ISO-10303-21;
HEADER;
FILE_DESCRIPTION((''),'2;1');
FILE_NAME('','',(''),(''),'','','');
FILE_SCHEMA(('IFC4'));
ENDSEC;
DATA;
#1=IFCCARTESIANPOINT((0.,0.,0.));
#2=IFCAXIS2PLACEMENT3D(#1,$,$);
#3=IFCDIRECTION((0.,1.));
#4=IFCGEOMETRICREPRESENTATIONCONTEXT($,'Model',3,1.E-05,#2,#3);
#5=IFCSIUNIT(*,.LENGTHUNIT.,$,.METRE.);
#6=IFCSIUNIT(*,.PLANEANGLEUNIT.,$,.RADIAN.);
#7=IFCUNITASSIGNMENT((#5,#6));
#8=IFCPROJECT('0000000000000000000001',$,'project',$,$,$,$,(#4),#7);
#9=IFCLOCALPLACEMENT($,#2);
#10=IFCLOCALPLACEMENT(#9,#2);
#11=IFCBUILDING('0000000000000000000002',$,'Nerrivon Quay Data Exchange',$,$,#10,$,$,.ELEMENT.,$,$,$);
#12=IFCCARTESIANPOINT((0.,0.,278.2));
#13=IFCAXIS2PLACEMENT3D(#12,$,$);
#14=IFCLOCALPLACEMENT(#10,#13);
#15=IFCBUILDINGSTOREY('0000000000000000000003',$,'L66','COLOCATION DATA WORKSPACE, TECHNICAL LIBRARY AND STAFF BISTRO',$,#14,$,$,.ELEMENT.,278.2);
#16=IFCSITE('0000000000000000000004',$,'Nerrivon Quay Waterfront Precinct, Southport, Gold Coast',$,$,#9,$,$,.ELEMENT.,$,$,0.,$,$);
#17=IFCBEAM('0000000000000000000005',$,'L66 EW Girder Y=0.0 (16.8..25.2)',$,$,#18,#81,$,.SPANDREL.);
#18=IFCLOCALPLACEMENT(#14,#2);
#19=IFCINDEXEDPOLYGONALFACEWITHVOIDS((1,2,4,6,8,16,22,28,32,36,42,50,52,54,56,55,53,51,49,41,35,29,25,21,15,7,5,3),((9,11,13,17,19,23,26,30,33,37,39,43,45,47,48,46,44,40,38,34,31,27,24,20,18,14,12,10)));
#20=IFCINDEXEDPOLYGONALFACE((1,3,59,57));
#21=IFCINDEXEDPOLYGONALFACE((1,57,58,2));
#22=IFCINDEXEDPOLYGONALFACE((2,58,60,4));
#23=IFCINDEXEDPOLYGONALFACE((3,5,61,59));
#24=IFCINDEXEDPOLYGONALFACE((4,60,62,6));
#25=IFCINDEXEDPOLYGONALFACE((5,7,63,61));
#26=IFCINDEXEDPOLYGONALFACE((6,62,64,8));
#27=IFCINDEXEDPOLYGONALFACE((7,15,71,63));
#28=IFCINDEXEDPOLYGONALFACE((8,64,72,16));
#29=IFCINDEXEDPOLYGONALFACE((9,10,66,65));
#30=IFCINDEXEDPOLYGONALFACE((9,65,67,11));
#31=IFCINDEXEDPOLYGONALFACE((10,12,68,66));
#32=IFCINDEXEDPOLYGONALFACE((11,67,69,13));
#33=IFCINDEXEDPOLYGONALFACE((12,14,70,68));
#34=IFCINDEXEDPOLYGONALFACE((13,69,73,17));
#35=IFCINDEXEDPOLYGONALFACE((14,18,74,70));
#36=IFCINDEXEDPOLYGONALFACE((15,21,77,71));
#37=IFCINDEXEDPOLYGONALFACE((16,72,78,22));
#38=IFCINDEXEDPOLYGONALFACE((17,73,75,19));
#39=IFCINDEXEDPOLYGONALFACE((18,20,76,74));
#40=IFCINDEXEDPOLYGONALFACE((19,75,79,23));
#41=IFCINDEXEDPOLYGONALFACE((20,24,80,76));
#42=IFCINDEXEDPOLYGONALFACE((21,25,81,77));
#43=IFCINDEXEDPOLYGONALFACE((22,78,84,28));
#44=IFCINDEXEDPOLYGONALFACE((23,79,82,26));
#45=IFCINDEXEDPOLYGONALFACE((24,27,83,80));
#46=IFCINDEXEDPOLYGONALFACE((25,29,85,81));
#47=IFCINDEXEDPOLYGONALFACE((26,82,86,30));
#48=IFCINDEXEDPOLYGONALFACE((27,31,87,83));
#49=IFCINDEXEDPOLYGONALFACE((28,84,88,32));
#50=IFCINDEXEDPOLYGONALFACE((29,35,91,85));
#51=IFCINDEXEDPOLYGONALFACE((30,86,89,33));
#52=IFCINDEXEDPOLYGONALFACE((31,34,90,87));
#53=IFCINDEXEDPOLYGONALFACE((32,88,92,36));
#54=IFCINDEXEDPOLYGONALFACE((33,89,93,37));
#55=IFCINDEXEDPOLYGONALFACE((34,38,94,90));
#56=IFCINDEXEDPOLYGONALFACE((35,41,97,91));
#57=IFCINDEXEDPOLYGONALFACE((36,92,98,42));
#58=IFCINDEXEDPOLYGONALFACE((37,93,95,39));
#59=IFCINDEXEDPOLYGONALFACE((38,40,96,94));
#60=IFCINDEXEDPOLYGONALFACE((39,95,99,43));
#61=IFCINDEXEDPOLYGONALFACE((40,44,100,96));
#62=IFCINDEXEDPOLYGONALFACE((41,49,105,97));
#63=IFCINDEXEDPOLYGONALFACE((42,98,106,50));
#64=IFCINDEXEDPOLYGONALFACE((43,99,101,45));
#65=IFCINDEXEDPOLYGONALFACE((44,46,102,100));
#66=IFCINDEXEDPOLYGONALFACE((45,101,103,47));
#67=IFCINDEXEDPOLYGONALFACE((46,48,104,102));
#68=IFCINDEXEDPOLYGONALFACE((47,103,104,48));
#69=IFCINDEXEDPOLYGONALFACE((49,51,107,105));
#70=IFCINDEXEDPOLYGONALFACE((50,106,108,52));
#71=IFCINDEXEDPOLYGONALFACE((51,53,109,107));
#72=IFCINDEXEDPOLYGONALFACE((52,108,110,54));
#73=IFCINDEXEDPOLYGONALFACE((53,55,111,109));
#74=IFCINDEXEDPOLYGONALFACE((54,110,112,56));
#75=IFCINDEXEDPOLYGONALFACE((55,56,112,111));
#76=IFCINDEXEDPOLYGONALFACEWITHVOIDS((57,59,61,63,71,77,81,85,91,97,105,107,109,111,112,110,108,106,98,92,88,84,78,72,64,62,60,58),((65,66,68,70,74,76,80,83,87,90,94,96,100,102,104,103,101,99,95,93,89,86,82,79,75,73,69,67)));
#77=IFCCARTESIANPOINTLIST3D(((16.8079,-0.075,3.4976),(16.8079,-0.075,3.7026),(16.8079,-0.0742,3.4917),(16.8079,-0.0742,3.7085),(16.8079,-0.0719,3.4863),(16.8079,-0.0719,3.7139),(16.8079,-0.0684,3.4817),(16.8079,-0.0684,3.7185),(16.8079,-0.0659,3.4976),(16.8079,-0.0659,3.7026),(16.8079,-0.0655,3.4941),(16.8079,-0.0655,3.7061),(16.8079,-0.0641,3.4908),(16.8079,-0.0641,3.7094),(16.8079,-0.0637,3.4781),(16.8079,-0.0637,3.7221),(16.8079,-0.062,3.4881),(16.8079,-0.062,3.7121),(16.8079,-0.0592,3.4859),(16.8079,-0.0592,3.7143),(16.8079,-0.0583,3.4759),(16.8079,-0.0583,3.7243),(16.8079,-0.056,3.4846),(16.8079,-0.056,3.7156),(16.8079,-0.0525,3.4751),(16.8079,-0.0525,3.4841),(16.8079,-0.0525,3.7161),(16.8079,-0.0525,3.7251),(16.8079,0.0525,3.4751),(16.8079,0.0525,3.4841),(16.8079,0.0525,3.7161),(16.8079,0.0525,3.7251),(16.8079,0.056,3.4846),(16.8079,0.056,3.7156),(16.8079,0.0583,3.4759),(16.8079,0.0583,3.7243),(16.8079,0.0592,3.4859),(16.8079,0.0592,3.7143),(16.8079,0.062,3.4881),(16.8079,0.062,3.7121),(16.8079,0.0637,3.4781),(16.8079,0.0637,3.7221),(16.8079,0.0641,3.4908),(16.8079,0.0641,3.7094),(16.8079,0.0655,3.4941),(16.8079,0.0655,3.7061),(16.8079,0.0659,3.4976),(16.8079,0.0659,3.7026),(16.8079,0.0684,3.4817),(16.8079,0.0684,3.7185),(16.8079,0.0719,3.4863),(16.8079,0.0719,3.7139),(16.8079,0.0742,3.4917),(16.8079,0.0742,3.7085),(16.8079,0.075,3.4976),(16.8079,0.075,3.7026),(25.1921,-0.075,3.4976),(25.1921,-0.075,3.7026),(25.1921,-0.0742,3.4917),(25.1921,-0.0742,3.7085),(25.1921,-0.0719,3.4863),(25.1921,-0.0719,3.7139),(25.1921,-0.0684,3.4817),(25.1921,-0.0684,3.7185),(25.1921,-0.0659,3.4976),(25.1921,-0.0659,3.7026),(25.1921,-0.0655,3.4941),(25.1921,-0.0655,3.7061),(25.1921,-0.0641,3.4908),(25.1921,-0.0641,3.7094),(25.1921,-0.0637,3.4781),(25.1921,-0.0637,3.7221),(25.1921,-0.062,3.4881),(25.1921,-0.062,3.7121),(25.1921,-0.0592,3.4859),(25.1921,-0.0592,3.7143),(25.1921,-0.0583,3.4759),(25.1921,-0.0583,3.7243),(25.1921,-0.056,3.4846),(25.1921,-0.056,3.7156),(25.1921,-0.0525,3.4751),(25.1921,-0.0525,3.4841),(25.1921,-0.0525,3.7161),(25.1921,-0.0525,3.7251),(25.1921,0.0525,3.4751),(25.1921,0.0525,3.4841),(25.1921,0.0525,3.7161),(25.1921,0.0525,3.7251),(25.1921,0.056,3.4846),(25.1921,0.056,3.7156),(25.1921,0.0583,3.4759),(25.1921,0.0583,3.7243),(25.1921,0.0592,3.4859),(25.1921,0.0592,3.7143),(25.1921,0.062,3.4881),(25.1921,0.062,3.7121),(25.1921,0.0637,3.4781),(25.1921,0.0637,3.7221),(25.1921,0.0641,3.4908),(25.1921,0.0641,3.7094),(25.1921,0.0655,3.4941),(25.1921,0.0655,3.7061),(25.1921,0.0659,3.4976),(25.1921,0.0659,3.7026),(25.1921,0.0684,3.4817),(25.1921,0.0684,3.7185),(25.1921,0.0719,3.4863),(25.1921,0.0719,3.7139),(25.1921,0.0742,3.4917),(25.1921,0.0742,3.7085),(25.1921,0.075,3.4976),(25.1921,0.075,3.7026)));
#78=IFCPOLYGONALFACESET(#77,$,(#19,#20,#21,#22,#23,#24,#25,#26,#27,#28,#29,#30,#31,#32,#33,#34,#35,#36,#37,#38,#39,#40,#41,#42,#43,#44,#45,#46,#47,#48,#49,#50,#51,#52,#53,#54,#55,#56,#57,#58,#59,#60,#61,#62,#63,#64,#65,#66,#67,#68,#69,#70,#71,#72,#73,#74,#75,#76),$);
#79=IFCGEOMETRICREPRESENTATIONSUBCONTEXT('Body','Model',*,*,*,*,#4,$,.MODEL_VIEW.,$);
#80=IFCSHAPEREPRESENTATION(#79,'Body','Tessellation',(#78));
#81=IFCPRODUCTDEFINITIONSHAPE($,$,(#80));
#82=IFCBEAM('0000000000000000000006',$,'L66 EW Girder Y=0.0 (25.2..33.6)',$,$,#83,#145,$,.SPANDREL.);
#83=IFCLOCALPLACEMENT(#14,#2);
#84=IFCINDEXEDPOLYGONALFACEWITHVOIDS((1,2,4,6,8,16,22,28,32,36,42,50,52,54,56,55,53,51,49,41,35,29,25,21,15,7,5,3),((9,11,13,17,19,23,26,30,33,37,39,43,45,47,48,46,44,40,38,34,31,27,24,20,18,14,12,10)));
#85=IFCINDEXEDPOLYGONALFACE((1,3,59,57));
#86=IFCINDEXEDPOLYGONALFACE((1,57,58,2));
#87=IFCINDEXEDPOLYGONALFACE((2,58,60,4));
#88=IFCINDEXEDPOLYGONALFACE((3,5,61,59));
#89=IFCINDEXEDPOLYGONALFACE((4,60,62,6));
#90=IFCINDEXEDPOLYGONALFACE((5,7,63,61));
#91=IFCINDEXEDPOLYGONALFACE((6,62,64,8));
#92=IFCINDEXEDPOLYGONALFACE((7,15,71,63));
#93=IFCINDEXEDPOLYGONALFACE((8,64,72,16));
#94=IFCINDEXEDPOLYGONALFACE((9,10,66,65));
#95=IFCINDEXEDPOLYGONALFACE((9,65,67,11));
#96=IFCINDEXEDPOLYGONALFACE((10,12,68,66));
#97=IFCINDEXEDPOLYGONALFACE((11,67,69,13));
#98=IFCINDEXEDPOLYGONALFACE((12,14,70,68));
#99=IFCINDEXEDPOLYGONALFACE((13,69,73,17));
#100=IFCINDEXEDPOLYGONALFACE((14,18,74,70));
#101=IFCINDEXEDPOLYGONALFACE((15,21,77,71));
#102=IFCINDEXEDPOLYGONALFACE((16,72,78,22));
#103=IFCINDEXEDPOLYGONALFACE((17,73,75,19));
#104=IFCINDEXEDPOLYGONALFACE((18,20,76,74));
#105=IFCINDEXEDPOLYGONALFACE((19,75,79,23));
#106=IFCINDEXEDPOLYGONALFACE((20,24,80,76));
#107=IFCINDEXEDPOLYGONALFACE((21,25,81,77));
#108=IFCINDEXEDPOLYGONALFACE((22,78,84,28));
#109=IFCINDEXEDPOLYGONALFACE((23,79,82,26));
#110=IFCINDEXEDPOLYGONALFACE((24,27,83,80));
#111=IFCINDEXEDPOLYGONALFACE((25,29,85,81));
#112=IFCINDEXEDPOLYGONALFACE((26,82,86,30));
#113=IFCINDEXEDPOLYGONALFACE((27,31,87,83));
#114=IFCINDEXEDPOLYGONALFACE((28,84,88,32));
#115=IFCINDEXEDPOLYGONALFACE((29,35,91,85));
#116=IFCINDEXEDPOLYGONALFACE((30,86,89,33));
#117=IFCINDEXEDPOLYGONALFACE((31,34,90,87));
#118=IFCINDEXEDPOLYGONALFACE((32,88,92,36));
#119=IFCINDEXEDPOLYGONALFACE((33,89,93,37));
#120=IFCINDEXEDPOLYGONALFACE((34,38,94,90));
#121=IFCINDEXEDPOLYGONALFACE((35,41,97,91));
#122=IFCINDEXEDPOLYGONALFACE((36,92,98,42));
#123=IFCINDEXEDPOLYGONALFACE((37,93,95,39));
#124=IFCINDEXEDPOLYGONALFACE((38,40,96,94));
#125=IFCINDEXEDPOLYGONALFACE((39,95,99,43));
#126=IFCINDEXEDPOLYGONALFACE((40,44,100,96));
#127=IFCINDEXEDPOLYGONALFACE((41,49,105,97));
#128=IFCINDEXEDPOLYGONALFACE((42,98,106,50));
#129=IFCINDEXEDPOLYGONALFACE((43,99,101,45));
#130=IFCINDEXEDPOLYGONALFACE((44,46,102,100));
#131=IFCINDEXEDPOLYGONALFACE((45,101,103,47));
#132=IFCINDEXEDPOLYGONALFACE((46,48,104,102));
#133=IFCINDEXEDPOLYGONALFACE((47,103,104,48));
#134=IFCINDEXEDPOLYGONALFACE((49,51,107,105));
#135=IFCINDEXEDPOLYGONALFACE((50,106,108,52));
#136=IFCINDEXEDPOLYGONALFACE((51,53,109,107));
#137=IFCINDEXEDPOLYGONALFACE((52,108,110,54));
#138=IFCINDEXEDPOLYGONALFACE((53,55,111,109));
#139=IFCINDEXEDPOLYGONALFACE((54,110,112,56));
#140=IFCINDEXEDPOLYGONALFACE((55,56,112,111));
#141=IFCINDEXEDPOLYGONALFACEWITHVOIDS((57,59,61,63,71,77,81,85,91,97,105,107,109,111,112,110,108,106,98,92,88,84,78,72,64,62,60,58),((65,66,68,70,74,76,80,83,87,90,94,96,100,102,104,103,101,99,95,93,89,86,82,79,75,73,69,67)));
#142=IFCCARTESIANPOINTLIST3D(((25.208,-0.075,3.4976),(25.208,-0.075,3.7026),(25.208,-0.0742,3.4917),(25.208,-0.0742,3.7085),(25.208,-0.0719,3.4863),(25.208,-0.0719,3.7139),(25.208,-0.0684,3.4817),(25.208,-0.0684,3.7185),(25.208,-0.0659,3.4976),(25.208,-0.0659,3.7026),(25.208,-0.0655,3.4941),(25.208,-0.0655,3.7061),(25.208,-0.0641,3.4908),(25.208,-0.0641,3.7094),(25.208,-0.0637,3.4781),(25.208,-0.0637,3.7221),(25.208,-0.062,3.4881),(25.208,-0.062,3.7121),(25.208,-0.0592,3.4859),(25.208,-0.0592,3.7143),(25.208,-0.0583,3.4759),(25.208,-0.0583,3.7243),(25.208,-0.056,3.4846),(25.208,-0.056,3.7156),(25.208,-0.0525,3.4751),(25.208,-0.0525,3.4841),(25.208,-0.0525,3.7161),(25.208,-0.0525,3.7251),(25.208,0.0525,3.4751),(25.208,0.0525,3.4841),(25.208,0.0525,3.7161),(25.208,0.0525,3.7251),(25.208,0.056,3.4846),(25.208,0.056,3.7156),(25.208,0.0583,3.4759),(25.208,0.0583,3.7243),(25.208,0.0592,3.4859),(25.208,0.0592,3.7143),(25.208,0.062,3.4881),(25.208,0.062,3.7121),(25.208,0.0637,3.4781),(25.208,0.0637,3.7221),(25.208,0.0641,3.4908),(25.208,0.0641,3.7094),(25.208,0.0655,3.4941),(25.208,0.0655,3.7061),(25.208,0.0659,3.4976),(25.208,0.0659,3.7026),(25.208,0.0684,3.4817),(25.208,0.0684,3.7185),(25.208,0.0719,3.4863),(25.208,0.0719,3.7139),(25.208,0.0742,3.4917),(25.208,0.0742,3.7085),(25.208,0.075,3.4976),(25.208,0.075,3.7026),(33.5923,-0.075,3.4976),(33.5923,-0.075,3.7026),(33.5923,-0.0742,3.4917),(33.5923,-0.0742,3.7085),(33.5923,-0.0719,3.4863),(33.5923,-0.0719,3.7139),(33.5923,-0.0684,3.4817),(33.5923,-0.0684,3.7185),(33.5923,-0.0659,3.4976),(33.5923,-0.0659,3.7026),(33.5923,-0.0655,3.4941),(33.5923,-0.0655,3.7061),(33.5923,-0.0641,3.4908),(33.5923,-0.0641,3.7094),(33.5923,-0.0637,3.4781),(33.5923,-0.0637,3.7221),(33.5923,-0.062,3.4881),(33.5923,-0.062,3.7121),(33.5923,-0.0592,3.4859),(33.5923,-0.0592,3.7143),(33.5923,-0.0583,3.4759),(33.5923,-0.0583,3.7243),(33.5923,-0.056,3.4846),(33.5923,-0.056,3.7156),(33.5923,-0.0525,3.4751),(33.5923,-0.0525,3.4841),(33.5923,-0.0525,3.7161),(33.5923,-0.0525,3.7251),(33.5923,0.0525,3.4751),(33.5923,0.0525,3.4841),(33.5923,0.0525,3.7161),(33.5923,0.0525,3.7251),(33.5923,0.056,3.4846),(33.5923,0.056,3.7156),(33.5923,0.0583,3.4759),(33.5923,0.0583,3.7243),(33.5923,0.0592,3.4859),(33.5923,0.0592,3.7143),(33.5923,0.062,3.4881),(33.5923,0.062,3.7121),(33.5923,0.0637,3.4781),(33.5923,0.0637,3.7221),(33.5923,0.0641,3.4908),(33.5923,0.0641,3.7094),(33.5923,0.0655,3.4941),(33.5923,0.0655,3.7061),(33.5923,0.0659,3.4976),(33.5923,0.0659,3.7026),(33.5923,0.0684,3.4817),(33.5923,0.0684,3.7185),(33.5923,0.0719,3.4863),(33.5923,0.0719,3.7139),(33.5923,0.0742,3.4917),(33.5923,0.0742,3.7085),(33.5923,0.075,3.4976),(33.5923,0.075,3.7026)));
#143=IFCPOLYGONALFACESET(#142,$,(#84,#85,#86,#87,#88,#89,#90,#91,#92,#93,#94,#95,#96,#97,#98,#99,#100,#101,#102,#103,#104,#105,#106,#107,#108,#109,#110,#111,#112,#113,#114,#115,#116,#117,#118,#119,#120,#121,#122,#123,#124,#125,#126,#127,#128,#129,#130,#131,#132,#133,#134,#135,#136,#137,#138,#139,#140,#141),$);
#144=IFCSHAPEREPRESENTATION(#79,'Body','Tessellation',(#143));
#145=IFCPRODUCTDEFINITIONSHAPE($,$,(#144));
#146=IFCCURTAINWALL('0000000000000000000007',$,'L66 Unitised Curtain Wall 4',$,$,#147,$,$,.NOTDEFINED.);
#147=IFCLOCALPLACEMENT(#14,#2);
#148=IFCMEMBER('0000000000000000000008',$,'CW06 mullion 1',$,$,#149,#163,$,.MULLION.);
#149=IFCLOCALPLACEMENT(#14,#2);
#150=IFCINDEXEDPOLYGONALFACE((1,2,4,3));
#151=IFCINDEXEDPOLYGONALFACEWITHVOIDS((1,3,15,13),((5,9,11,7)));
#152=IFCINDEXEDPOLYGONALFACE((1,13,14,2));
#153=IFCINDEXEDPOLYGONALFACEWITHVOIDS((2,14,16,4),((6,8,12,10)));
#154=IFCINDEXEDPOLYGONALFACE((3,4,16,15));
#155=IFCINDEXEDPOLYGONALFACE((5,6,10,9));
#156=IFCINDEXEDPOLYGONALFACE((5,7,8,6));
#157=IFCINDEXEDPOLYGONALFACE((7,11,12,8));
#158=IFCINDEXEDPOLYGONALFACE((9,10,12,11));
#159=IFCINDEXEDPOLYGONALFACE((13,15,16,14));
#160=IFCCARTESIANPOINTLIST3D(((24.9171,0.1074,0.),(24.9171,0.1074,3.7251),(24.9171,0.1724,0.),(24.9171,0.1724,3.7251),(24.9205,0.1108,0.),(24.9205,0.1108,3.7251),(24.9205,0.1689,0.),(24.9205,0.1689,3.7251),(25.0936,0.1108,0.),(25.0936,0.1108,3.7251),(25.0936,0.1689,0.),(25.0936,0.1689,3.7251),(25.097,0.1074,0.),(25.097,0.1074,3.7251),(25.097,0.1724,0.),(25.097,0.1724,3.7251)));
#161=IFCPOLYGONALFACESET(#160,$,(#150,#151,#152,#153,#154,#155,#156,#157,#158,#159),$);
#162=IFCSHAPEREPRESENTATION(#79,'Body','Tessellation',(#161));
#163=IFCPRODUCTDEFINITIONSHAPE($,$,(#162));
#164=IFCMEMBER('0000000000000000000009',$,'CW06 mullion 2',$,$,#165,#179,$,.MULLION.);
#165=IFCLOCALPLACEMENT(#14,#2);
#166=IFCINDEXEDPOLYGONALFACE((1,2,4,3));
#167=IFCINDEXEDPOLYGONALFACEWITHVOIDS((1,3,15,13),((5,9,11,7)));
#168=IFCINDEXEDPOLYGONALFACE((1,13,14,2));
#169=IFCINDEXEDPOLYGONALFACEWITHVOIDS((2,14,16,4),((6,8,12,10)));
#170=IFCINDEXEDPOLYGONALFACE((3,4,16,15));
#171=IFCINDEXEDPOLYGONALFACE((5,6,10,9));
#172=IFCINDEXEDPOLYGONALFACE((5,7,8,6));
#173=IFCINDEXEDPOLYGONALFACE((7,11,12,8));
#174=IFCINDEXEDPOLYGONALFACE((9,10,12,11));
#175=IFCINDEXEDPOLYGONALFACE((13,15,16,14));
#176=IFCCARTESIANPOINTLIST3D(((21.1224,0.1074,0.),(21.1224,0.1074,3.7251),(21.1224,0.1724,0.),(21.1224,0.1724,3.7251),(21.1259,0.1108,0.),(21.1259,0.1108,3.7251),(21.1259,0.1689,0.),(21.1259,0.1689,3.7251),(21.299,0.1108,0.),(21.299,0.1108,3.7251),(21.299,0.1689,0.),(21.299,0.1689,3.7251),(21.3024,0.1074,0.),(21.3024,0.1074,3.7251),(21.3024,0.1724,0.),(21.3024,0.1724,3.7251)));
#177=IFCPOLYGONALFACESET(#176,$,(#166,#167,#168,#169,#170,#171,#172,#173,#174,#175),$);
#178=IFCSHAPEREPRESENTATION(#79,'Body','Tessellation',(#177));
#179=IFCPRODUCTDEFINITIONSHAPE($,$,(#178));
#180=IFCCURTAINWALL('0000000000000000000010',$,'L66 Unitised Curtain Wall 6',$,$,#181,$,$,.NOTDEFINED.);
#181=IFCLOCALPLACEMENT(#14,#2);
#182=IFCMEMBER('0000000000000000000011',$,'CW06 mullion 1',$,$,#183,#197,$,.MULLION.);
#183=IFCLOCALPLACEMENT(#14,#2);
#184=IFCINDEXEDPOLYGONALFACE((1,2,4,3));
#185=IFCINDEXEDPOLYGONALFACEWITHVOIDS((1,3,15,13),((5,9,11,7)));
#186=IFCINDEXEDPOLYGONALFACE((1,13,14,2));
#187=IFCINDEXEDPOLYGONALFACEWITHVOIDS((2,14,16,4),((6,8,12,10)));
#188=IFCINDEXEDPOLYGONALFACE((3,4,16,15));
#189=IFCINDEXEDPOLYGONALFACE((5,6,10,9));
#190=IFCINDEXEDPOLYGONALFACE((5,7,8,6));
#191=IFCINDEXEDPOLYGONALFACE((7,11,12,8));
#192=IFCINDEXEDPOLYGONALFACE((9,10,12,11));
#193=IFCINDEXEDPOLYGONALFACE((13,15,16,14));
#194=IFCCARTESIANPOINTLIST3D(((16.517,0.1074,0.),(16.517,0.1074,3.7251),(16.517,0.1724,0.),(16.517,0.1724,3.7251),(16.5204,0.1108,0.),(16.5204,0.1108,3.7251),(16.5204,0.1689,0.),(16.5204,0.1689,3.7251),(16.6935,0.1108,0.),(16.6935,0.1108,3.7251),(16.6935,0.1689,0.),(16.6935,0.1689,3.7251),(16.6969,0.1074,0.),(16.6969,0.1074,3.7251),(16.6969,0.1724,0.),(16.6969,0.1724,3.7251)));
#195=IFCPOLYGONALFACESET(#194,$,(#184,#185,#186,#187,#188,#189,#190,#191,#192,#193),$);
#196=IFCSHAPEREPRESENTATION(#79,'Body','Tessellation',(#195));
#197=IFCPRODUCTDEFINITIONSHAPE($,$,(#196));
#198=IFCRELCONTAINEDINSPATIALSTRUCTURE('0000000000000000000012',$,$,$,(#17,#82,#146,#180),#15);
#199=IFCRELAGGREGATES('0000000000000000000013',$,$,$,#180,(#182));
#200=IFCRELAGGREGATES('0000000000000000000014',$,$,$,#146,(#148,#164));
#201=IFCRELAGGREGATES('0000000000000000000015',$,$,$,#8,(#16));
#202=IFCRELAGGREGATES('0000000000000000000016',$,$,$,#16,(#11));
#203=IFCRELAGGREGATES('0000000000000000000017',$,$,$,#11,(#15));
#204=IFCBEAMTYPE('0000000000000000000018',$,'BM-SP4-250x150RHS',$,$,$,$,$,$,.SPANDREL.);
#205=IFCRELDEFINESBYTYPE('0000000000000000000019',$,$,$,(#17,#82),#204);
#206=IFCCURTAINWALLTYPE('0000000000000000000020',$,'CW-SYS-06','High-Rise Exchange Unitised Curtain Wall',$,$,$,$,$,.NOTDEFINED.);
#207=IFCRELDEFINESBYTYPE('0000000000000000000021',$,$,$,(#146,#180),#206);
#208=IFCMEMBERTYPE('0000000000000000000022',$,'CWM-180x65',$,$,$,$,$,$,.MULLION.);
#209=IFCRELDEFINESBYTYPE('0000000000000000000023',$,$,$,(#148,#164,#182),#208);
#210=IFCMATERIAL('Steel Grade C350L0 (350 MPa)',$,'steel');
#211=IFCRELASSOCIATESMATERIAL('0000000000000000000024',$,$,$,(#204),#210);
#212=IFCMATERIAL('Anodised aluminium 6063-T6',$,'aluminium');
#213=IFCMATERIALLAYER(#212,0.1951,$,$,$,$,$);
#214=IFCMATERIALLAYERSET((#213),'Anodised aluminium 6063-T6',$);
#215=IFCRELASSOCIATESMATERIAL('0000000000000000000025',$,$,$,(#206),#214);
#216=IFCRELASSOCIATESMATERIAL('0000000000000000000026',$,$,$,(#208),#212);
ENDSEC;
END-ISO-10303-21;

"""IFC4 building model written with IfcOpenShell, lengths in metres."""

from ifc_helpers import new_model, si_unit, direction, frame, origin, origin_2d, place, context, subcontext, project, spatial, hollow_rectangle, extrude, material, layer, layer_set, material_profile, profile_set, type_object, element, aggregate, save


model = new_model("IFC4")

# Units and contexts
model_context = context("Model", 3, precision=1e-05, world=origin(), true_north=direction((0.0, 1.0)))
body_context = subcontext(model_context, "Body", "Model", "MODEL_VIEW")
ifc_project = project(units=[si_unit("LENGTHUNIT", "METRE"), si_unit("PLANEANGLEUNIT", "RADIAN")], contexts=[model_context])

# Site, building, storey
site_placement = place(None, origin())
site = spatial("IfcSite", under=ifc_project, at=site_placement, Name="Nerrivon Quay Waterfront Precinct, Southport, Gold Coast", CompositionType="ELEMENT", RefElevation=0.0)
building_placement = place(site_placement, origin())
building = spatial("IfcBuilding", under=site, at=building_placement, Name="Nerrivon Quay Data Exchange", CompositionType="ELEMENT")
storey_placement = place(building_placement, frame((0.0, 0.0, 278.2)))
storey = spatial("IfcBuildingStorey", under=building, at=storey_placement, Name="L66", Description="COLOCATION DATA WORKSPACE, TECHNICAL LIBRARY AND STAFF BISTRO", CompositionType="ELEMENT", Elevation=278.2)

# Beams
ifc_material_1 = material(Name="Steel Grade C350L0 (350 MPa)", Category="steel")
ifc_material_profile_1 = material_profile(ifc_material_1, hollow_rectangle(XDim=0.1499, YDim=0.25, WallThickness=0.009, InnerFilletRadius=0.0134, OuterFilletRadius=0.0225, at=origin_2d()), Name="250x150x9.0RHS")
ifc_profile_set_1 = profile_set([ifc_material_profile_1], Name="Steel Grade C350L0 (350 MPa)")
beam_type_1 = type_object("IfcBeamType", Name="BM-SP4-250x150RHS", PredefinedType="SPANDREL", material=ifc_profile_set_1)
for number, where, z_axis, x_axis, name in (
    (1, (16.8079, 0.0, 3.6001), (1.0, 0.0, 0.0), (0.0, 1.0, 0.0), "L66 EW Girder Y=0.0 (16.8..25.2)"),
    (2, (25.208, 0.0, 3.6001), (1.0, 0.0, 0.0), (0.0, 1.0, 0.0), "L66 EW Girder Y=0.0 (25.2..33.6)"),
):
    element("IfcBeam", number, at=place(storey_placement, frame(where, z_axis=z_axis, x_axis=x_axis)), inside=storey, type_object=beam_type_1, Name=name, PredefinedType="SPANDREL", context=body_context, shape_type="SweptSolid", body=[
        extrude(hollow_rectangle(XDim=0.1499, YDim=0.25, WallThickness=0.009, InnerFilletRadius=0.0134, OuterFilletRadius=0.0225, at=origin_2d()), origin(), (0.0, 0.0, 1.0), 8.3843),
    ])

# Curtain wall, members
ifc_material_2 = material(Name="Anodised aluminium 6063-T6", Category="aluminium")
ifc_layer_1 = layer(ifc_material_2, 0.1951)
ifc_layer_set_1 = layer_set([ifc_layer_1], Name="Anodised aluminium 6063-T6")
curtain_wall_type = type_object("IfcCurtainWallType", Name="CW-SYS-06", Description="High-Rise Exchange Unitised Curtain Wall", PredefinedType="NOTDEFINED", material=ifc_layer_set_1)
curtain_wall_1_placement = place(storey_placement, origin())
curtain_wall_1 = element("IfcCurtainWall", 3, at=curtain_wall_1_placement, inside=storey, type_object=curtain_wall_type, Name="L66 Unitised Curtain Wall 4", PredefinedType="NOTDEFINED")
ifc_material_profile_2 = material_profile(ifc_material_2, hollow_rectangle(XDim=0.0649, YDim=0.1799, WallThickness=0.0034, at=origin_2d()), Name="ALU-MULL-180x65")
ifc_profile_set_2 = profile_set([ifc_material_profile_2], Name="Anodised aluminium 6063-T6")
member_type_1 = type_object("IfcMemberType", Name="CWM-180x65", PredefinedType="MULLION", material=ifc_profile_set_2)
member_1_placement = place(storey_placement, frame((25.0071, 0.1399, 0.0), z_axis=(0.0, 0.0, 1.0), x_axis=(0.0, -1.0, 0.0)))
member_1 = element("IfcMember", 4, at=member_1_placement, type_object=member_type_1, Name="CW06 mullion 1", PredefinedType="MULLION", context=body_context, shape_type="SweptSolid", body=[
    extrude(hollow_rectangle(XDim=0.0649, YDim=0.1799, WallThickness=0.0034, at=origin_2d()), origin(), (0.0, 0.0, 1.0), 3.7251),
])
member_2_placement = place(storey_placement, frame((21.2124, 0.1399, 0.0), z_axis=(0.0, 0.0, 1.0), x_axis=(0.0, -1.0, 0.0)))
member_2 = element("IfcMember", 5, at=member_2_placement, type_object=member_type_1, Name="CW06 mullion 2", PredefinedType="MULLION", context=body_context, shape_type="SweptSolid", body=[
    extrude(hollow_rectangle(XDim=0.0649, YDim=0.1799, WallThickness=0.0034, at=origin_2d()), origin(), (0.0, 0.0, 1.0), 3.7251),
])

# Curtain wall, member
curtain_wall_2_placement = place(storey_placement, origin())
curtain_wall_2 = element("IfcCurtainWall", 6, at=curtain_wall_2_placement, inside=storey, type_object=curtain_wall_type, Name="L66 Unitised Curtain Wall 6", PredefinedType="NOTDEFINED")
member_3_placement = place(storey_placement, frame((16.6069, 0.1399, 0.0), z_axis=(0.0, 0.0, 1.0), x_axis=(0.0, -1.0, 0.0)))
member_3 = element("IfcMember", 7, at=member_3_placement, type_object=member_type_1, Name="CW06 mullion 1", PredefinedType="MULLION", context=body_context, shape_type="SweptSolid", body=[
    extrude(hollow_rectangle(XDim=0.0649, YDim=0.1799, WallThickness=0.0034, at=origin_2d()), origin(), (0.0, 0.0, 1.0), 3.7251),
])

aggregate(curtain_wall_2, [member_3])

aggregate(curtain_wall_1, [member_1, member_2])

save(model, "model.ifc")
